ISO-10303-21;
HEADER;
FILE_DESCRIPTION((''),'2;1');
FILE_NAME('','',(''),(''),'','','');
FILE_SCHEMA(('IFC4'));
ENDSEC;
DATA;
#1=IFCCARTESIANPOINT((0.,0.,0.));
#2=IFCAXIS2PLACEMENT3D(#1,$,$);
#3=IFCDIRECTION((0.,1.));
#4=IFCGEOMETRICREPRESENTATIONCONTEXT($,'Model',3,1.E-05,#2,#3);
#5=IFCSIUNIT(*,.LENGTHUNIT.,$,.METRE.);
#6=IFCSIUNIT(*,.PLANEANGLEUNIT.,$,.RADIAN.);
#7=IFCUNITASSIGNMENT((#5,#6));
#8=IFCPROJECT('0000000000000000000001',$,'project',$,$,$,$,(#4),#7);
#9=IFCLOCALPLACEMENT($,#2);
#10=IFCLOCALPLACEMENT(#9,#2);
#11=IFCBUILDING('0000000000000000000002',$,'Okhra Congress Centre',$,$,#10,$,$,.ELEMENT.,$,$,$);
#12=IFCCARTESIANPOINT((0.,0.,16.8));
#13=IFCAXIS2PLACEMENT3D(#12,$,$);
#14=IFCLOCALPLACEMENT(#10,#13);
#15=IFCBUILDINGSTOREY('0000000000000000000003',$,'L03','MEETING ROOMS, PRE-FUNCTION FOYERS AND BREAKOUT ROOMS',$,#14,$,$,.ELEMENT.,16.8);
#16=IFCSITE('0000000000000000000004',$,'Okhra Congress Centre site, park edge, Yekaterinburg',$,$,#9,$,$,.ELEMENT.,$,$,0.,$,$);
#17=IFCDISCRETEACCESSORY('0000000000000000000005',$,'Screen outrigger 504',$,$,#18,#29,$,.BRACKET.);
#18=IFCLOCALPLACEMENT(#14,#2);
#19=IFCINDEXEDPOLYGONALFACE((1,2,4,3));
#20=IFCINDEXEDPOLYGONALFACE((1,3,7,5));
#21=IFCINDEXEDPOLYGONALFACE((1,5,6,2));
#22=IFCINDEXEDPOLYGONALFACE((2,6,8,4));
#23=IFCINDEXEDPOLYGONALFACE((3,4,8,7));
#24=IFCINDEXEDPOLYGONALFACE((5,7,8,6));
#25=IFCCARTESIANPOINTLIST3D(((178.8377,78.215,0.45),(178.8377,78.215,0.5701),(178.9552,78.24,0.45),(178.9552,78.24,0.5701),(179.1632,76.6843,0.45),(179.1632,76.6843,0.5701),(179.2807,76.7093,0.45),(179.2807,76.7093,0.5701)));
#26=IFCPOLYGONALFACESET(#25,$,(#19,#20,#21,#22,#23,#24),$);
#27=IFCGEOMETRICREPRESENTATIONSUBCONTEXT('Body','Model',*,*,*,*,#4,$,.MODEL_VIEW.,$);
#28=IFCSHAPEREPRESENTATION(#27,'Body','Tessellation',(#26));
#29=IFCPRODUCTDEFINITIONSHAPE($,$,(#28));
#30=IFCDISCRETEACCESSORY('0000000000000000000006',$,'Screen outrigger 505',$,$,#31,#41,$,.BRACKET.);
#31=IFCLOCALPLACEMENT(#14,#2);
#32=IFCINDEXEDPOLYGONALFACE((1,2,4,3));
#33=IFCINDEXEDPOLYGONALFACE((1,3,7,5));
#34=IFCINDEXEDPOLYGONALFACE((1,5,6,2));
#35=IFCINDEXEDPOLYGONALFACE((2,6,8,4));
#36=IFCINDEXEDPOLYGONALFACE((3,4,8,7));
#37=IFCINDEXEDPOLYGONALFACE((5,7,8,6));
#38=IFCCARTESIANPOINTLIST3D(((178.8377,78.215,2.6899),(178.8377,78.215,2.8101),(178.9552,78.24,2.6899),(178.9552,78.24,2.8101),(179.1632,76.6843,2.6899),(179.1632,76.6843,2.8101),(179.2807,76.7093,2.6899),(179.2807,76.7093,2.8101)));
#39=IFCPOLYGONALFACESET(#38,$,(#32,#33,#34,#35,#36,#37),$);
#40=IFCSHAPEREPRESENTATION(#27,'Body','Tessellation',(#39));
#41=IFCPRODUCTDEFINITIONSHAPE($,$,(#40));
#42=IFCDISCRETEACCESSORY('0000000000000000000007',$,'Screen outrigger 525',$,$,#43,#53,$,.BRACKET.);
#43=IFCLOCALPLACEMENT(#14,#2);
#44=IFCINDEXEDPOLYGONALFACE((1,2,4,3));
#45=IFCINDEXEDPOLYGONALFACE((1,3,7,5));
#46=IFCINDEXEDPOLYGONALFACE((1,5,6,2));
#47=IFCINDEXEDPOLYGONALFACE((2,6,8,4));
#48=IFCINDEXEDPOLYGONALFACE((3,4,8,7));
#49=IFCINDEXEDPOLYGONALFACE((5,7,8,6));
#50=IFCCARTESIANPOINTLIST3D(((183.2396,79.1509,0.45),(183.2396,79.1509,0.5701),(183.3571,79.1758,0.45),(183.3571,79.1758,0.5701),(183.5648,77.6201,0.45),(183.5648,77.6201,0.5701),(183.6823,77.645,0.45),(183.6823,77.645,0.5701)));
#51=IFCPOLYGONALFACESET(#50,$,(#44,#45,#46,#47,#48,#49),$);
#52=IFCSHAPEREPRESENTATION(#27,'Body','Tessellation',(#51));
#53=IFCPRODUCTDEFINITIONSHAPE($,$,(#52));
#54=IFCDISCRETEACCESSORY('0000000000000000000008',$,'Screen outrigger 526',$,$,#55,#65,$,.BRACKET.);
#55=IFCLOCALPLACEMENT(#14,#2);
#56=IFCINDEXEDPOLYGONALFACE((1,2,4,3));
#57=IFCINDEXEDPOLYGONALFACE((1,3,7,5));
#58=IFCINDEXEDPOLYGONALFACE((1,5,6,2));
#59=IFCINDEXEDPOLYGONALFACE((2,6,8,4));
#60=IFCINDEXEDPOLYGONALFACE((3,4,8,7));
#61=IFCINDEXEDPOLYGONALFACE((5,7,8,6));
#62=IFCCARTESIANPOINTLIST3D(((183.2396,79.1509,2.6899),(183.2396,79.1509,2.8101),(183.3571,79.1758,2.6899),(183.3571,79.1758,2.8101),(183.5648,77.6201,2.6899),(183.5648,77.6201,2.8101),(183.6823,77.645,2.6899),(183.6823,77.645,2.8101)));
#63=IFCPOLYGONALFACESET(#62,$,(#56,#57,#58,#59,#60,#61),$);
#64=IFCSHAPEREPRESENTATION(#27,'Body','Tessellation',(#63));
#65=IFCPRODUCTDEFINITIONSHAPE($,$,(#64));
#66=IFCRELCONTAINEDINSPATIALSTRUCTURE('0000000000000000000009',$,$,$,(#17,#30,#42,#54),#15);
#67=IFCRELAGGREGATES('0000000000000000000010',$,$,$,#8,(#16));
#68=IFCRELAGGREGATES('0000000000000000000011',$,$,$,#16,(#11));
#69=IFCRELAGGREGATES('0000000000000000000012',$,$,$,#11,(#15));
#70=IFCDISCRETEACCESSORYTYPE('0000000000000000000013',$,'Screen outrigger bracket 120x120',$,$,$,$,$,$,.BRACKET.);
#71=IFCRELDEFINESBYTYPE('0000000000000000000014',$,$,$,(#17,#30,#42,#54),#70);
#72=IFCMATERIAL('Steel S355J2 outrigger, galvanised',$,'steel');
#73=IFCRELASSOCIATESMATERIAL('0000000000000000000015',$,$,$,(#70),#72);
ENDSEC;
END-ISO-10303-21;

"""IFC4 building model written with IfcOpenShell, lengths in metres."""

from ifc_helpers import new_model, si_unit, direction, frame, origin, origin_2d, place, context, subcontext, project, spatial, rectangle, extrude, material, material_profile, profile_set, type_object, element, save


model = new_model("IFC4")

# Units and contexts
model_context = context("Model", 3, precision=1e-05, world=origin(), true_north=direction((0.0, 1.0)))
body_context = subcontext(model_context, "Body", "Model", "MODEL_VIEW")
ifc_project = project(units=[si_unit("LENGTHUNIT", "METRE"), si_unit("PLANEANGLEUNIT", "RADIAN")], contexts=[model_context])

# Site, building, storey
site_placement = place(None, origin())
site = spatial("IfcSite", under=ifc_project, at=site_placement, Name="Okhra Congress Centre site, park edge, Yekaterinburg", CompositionType="ELEMENT", RefElevation=0.0)
building_placement = place(site_placement, origin())
building = spatial("IfcBuilding", under=site, at=building_placement, Name="Okhra Congress Centre", CompositionType="ELEMENT")
storey_placement = place(building_placement, frame((0.0, 0.0, 16.8)))
storey = spatial("IfcBuildingStorey", under=building, at=storey_placement, Name="L03", Description="MEETING ROOMS, PRE-FUNCTION FOYERS AND BREAKOUT ROOMS", CompositionType="ELEMENT", Elevation=16.8)

# Discrete accessories
ifc_material_1 = material(Name="Steel S355J2 outrigger, galvanised", Category="steel")
ifc_material_profile_1 = material_profile(ifc_material_1, rectangle(XDim=0.1201, YDim=0.1201, at=origin_2d()), Name="Screen outrigger bracket 120x120")
ifc_profile_set_1 = profile_set([ifc_material_profile_1], Name="Steel S355J2 outrigger, galvanised")
discrete_accessory_type = type_object("IfcDiscreteAccessoryType", Name="Screen outrigger bracket 120x120", PredefinedType="BRACKET", material=ifc_profile_set_1)
for number, where, z_axis, x_axis, name in (
    (1, (179.2219, 76.6968, 0.51), (-0.207952, 0.978139, 0.0), (-0.978139, -0.207952, 0.0), "Screen outrigger 504"),
    (2, (179.2219, 76.6968, 2.75), (-0.207952, 0.978139, 0.0), (-0.978139, -0.207952, 0.0), "Screen outrigger 505"),
    (3, (183.6235, 77.6326, 0.51), (-0.207803, 0.978171, 0.0), (-0.978171, -0.207803, 0.0), "Screen outrigger 525"),
    (4, (183.6235, 77.6326, 2.75), (-0.207803, 0.978171, 0.0), (-0.978171, -0.207803, 0.0), "Screen outrigger 526"),
):
    element("IfcDiscreteAccessory", number, at=place(storey_placement, frame(where, z_axis=z_axis, x_axis=x_axis)), inside=storey, type_object=discrete_accessory_type, Name=name, PredefinedType="BRACKET", context=body_context, shape_type="SweptSolid", body=[
        extrude(rectangle(XDim=0.1201, YDim=0.1201, at=origin_2d()), origin(), (0.0, 0.0, 1.0), 1.5649),
    ])

save(model, "model.ifc")
